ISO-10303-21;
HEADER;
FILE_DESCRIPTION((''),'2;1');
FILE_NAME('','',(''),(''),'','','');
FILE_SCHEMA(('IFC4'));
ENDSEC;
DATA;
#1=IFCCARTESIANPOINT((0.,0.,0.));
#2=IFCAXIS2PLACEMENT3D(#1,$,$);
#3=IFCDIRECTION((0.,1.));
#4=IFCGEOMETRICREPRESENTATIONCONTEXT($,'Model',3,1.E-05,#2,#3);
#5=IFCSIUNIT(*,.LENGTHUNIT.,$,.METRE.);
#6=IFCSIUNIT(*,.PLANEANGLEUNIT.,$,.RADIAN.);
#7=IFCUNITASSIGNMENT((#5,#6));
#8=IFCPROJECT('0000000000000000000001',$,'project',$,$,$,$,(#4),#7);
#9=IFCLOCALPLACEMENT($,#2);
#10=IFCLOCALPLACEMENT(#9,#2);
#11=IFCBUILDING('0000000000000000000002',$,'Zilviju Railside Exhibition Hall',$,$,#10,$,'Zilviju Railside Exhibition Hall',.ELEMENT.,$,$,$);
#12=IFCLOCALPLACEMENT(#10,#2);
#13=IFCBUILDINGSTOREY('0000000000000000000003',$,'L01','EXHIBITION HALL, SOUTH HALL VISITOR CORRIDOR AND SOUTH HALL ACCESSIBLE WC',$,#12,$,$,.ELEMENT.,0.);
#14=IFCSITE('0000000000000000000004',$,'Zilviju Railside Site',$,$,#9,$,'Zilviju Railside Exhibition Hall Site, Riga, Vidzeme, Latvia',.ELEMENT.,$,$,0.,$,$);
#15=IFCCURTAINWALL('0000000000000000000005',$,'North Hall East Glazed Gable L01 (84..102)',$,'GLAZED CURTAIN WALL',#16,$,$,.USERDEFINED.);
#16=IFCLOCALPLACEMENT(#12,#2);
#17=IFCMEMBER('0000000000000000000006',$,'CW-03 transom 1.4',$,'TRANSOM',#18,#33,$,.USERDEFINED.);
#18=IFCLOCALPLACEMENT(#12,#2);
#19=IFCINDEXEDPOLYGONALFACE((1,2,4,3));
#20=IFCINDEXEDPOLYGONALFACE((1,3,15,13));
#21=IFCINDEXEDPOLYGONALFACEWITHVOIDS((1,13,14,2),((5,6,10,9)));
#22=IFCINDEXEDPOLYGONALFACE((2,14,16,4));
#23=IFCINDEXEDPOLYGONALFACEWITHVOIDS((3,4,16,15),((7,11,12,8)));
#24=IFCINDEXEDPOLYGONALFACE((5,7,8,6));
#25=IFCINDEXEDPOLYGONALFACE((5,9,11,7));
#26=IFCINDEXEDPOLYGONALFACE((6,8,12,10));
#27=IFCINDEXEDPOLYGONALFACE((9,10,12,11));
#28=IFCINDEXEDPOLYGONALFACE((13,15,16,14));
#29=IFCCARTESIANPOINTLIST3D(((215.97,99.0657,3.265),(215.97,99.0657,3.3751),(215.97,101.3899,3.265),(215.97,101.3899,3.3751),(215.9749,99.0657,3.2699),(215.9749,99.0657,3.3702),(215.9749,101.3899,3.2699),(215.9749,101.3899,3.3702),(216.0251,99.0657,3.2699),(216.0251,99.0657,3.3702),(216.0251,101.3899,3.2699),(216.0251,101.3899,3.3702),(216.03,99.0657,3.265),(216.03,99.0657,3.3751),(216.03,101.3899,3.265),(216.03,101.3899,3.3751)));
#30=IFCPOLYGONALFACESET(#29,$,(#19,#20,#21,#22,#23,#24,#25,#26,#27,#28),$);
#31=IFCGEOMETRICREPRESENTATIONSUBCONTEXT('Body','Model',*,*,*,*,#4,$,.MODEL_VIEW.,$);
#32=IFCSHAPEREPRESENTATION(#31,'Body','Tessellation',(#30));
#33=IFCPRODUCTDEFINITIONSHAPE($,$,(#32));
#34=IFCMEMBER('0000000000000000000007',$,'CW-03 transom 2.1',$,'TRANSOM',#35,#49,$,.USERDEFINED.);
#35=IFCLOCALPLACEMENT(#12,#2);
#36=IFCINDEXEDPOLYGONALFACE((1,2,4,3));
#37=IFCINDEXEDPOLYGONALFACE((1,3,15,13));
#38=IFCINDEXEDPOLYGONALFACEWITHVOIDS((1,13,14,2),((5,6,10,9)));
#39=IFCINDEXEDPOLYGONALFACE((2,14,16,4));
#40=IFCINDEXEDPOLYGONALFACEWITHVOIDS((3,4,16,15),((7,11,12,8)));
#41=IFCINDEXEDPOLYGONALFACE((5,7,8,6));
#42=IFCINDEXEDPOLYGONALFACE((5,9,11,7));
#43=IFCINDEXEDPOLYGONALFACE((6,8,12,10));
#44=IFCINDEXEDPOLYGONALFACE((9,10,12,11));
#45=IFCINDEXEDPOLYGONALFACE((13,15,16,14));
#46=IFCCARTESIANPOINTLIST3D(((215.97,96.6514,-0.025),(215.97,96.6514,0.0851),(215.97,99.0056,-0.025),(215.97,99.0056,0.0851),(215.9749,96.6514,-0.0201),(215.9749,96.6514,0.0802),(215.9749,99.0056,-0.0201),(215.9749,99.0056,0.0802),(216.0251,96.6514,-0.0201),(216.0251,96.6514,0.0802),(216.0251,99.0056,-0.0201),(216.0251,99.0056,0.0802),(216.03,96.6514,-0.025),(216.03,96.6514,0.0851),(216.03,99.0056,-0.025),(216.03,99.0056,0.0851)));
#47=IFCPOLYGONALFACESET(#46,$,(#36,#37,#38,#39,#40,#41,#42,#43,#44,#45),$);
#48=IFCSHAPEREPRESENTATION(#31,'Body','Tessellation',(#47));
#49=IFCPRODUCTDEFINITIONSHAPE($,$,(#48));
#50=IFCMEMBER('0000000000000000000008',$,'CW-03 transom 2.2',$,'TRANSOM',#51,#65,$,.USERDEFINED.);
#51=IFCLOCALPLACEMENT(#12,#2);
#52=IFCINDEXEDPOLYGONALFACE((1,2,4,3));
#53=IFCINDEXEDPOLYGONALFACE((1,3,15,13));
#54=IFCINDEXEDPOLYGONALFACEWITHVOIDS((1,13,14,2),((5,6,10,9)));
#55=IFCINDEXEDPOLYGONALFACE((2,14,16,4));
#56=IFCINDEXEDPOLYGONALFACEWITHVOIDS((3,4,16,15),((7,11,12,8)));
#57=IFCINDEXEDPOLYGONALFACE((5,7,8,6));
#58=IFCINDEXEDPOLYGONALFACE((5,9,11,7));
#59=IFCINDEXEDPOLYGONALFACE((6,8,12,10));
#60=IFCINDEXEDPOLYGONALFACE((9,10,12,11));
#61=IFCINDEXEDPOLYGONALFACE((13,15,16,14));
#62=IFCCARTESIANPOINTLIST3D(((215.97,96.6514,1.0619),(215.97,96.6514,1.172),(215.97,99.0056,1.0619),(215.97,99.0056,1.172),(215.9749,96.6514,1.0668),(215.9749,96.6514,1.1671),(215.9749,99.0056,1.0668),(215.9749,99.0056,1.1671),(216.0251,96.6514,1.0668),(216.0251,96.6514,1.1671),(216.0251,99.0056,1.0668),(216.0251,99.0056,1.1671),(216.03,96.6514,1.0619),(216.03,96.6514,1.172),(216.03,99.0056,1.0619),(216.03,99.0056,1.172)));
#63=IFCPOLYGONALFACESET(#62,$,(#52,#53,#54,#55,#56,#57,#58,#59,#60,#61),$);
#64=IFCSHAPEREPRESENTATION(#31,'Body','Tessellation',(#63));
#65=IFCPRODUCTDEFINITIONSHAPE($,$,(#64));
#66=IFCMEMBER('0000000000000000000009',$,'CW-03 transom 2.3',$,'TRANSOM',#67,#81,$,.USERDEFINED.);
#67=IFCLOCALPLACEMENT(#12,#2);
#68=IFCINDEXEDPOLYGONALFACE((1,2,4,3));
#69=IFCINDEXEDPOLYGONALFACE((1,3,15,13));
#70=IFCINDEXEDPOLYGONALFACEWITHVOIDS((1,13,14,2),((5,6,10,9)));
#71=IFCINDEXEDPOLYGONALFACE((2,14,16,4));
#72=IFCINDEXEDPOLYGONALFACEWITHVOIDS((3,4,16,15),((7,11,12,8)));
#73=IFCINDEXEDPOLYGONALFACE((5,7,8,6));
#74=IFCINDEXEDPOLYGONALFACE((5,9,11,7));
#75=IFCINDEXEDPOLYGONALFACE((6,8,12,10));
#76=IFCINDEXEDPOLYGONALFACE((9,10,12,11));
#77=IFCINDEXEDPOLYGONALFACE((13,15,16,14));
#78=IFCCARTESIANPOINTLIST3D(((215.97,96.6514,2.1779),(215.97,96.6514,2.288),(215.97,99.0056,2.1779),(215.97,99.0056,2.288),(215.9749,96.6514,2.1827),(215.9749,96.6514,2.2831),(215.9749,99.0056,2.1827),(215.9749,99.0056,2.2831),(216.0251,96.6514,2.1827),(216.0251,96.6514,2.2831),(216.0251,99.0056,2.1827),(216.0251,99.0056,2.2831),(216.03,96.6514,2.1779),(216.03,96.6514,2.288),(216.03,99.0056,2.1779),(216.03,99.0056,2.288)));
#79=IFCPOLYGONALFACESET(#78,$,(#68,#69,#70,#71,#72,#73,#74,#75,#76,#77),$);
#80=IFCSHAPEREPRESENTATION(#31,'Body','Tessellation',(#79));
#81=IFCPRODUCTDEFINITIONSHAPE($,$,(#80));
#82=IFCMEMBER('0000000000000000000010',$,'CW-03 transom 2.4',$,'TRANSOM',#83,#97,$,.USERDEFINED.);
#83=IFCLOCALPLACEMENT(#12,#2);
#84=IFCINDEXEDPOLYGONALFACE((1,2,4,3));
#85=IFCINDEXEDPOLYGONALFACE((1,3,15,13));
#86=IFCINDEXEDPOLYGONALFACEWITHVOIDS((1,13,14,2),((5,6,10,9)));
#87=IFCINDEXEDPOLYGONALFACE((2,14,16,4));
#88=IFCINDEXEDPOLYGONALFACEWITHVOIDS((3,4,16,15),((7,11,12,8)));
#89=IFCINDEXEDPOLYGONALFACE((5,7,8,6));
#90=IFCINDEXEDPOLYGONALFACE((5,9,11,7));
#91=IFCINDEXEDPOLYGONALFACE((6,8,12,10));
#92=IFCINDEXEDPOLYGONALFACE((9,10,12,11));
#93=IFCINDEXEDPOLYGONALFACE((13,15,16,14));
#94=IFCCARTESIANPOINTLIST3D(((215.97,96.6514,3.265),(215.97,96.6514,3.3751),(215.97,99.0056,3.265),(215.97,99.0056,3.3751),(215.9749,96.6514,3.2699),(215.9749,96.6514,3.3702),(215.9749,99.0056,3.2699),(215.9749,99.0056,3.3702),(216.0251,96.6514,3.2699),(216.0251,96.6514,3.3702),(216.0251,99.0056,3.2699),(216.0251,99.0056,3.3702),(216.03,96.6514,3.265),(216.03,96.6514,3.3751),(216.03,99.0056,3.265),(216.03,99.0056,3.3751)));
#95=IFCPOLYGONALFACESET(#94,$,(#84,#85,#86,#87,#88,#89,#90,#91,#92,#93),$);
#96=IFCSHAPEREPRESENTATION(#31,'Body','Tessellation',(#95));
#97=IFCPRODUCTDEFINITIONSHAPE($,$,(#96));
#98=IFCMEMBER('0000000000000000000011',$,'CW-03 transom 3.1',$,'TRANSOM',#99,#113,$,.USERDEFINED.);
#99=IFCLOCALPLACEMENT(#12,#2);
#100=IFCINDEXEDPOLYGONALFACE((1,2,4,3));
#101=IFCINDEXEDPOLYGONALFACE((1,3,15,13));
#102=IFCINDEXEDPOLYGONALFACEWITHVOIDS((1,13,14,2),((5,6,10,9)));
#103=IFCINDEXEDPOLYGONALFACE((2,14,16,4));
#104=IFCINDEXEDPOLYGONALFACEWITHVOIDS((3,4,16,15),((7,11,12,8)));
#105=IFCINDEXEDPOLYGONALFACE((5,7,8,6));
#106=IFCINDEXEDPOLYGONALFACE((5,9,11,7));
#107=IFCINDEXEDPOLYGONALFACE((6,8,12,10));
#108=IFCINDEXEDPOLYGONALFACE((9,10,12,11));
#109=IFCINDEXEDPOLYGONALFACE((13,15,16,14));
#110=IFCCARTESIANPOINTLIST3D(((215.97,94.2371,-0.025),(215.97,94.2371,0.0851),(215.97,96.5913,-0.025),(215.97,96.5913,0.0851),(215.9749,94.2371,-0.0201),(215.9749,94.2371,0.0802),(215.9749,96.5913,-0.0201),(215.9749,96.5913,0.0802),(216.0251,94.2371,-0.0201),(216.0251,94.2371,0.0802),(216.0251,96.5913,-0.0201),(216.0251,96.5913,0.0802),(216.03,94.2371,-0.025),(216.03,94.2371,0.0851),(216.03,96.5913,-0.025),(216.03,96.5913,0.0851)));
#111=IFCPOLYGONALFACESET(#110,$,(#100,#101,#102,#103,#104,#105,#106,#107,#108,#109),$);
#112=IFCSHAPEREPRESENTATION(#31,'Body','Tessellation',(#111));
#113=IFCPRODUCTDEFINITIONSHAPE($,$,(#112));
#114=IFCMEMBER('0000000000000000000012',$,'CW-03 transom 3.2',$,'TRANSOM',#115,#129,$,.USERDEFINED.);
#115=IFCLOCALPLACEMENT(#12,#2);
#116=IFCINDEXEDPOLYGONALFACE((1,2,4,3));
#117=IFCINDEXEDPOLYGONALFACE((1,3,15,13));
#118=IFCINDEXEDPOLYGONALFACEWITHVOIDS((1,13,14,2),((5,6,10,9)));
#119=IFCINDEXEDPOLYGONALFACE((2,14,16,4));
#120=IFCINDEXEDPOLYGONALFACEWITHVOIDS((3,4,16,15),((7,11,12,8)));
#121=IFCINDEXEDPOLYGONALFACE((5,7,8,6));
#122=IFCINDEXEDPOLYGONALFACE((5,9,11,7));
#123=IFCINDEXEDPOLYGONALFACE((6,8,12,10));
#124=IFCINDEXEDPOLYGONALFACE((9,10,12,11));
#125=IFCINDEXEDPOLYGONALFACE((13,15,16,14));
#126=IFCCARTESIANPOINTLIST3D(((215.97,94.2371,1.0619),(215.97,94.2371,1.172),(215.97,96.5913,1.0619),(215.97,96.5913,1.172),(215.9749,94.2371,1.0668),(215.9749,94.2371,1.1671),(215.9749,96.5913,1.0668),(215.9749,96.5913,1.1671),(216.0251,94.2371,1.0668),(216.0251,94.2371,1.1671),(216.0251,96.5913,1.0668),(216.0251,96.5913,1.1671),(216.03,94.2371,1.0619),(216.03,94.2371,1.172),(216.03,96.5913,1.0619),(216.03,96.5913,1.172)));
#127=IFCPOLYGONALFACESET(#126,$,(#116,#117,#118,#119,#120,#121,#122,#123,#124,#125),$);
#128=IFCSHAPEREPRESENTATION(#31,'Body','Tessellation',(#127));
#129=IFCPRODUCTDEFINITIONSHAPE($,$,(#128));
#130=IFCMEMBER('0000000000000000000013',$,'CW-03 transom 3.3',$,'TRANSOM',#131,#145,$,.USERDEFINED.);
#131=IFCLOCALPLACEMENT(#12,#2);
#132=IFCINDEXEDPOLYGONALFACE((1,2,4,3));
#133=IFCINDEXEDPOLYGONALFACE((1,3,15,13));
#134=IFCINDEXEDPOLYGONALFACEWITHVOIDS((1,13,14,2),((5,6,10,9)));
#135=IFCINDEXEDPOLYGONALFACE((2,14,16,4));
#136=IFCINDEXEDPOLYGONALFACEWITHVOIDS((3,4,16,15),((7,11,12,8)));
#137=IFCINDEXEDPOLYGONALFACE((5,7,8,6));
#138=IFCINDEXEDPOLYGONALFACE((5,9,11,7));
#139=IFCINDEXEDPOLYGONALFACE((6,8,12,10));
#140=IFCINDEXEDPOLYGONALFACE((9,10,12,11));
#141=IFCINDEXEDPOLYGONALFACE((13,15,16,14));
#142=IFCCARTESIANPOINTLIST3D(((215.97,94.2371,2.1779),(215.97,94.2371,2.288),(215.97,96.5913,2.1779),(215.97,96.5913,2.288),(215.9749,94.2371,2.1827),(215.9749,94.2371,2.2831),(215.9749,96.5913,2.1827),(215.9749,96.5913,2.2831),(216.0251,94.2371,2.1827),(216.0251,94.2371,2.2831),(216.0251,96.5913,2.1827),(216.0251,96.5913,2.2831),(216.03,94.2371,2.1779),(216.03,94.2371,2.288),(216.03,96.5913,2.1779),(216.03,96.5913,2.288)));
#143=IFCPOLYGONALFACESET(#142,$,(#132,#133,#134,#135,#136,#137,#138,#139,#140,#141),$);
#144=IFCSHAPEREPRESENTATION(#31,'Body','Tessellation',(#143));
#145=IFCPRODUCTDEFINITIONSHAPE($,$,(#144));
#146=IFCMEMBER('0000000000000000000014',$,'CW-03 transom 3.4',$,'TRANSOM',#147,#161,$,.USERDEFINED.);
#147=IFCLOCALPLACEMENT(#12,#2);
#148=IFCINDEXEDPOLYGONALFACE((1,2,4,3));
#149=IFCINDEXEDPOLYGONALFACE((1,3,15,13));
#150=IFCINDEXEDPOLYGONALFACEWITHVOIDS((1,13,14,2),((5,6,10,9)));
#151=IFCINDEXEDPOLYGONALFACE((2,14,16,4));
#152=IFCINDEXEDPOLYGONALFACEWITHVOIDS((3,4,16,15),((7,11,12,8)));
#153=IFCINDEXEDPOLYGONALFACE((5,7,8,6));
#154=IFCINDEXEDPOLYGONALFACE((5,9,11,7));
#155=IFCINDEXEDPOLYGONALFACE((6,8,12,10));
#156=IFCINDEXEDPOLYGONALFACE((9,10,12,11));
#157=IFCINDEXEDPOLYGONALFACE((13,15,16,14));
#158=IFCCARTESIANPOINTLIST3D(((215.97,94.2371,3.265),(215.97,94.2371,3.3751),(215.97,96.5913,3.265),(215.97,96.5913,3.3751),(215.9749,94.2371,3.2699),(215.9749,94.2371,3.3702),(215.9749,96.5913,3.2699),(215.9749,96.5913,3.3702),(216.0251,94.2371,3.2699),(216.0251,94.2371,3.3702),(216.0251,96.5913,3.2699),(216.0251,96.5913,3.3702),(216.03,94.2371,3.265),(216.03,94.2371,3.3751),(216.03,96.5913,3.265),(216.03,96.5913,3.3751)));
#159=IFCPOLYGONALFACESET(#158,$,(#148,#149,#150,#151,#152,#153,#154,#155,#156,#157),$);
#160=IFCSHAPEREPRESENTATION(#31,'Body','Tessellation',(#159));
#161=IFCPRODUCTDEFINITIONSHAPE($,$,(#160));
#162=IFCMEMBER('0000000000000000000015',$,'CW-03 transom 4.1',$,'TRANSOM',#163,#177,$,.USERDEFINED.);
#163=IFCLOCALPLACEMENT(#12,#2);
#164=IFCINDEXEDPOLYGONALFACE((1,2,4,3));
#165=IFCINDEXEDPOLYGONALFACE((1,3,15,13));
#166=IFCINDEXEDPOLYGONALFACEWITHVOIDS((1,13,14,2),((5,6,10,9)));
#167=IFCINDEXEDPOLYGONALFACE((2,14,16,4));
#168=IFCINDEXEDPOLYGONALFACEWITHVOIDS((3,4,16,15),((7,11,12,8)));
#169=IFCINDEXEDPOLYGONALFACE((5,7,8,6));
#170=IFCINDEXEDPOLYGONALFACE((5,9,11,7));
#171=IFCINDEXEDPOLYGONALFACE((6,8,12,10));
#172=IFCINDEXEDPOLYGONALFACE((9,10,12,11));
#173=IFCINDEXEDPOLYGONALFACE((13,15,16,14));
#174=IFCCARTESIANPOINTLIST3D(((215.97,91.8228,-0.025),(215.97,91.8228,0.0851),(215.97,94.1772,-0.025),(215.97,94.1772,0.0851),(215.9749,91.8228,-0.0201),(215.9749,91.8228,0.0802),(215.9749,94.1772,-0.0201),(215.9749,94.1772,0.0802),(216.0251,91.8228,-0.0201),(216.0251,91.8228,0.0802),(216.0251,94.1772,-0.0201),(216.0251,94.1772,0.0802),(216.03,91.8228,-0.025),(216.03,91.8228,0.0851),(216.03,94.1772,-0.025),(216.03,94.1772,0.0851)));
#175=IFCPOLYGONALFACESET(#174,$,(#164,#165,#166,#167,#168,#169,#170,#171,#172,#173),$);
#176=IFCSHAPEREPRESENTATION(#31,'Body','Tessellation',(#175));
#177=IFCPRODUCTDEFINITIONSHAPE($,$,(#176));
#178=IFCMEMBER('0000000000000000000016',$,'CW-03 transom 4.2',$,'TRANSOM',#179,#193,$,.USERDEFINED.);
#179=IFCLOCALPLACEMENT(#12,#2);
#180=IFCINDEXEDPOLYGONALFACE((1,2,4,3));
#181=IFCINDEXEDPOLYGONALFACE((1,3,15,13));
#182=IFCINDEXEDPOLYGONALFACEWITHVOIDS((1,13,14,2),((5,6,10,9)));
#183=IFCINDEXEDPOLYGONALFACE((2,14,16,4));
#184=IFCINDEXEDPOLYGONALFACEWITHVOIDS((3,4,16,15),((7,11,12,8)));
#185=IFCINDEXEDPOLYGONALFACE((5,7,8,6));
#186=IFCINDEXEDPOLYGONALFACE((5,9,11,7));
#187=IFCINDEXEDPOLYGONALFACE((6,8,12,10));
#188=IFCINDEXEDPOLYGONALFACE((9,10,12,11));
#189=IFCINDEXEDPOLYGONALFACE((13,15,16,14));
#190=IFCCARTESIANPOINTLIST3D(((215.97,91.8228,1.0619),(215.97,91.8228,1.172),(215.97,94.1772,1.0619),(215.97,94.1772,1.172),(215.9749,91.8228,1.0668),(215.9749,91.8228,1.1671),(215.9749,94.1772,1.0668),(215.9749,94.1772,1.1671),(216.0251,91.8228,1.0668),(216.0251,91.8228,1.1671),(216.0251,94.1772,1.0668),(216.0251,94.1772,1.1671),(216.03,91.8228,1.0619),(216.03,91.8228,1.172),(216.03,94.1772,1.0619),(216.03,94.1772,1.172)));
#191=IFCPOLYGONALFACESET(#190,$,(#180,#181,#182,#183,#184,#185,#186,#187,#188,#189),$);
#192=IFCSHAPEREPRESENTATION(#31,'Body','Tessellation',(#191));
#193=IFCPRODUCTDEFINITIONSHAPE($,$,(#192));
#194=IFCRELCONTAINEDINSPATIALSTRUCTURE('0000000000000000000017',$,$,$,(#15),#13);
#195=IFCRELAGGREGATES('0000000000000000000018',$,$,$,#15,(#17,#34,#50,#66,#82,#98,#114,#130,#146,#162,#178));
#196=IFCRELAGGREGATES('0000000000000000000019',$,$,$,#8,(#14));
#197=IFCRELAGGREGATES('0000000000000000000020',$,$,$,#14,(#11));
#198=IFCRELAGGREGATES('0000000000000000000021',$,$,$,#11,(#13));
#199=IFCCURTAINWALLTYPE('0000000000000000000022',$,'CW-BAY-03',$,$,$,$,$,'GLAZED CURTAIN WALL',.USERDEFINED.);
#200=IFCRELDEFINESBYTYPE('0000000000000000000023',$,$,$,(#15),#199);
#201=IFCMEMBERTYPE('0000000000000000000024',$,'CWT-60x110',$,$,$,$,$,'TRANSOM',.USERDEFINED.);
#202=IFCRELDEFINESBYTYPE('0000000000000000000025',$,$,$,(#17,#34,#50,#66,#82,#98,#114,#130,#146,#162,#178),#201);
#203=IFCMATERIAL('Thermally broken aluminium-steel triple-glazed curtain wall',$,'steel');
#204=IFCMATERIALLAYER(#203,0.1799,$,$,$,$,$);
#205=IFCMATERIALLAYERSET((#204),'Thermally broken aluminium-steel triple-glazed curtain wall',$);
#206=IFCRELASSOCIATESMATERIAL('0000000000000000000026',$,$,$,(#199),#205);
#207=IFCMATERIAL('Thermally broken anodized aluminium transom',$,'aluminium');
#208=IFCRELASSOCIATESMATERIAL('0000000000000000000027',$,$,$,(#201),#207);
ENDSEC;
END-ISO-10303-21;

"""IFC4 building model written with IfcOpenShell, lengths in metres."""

from ifc_helpers import new_model, si_unit, direction, frame, origin, origin_2d, place, context, subcontext, project, spatial, hollow_rectangle, extrude, material, layer, layer_set, material_profile, profile_set, type_object, element, aggregate, save


model = new_model("IFC4")

# Units and contexts
model_context = context("Model", 3, precision=1e-05, world=origin(), true_north=direction((0.0, 1.0)))
body_context = subcontext(model_context, "Body", "Model", "MODEL_VIEW")
ifc_project = project(units=[si_unit("LENGTHUNIT", "METRE"), si_unit("PLANEANGLEUNIT", "RADIAN")], contexts=[model_context])

# Site, building, storey
site_placement = place(None, origin())
site = spatial("IfcSite", under=ifc_project, at=site_placement, Name="Zilviju Railside Site", LongName="Zilviju Railside Exhibition Hall Site, Riga, Vidzeme, Latvia", CompositionType="ELEMENT", RefElevation=0.0)
building_placement = place(site_placement, origin())
building = spatial("IfcBuilding", under=site, at=building_placement, Name="Zilviju Railside Exhibition Hall", LongName="Zilviju Railside Exhibition Hall", CompositionType="ELEMENT")
storey_placement = place(building_placement, origin())
storey = spatial("IfcBuildingStorey", under=building, at=storey_placement, Name="L01", Description="EXHIBITION HALL, SOUTH HALL VISITOR CORRIDOR AND SOUTH HALL ACCESSIBLE WC", CompositionType="ELEMENT", Elevation=0.0)

# Curtain wall, members
ifc_material_1 = material(Name="Thermally broken aluminium-steel triple-glazed curtain wall", Category="steel")
ifc_layer_1 = layer(ifc_material_1, 0.1799)
ifc_layer_set_1 = layer_set([ifc_layer_1], Name="Thermally broken aluminium-steel triple-glazed curtain wall")
curtain_wall_type = type_object("IfcCurtainWallType", Name="CW-BAY-03", ElementType="GLAZED CURTAIN WALL", PredefinedType="USERDEFINED", material=ifc_layer_set_1)
curtain_wall_placement = place(storey_placement, origin())
curtain_wall = element("IfcCurtainWall", 1, at=curtain_wall_placement, inside=storey, type_object=curtain_wall_type, Name="North Hall East Glazed Gable L01 (84..102)", ObjectType="GLAZED CURTAIN WALL", PredefinedType="USERDEFINED")
ifc_material_2 = material(Name="Thermally broken anodized aluminium transom", Category="aluminium")
ifc_material_profile_1 = material_profile(ifc_material_2, hollow_rectangle(XDim=0.0601, YDim=0.1101, WallThickness=0.0049, at=origin_2d()), Name="TRANSOM 110x60x5")
ifc_profile_set_1 = profile_set([ifc_material_profile_1], Name="Thermally broken anodized aluminium transom")
member_type_1 = type_object("IfcMemberType", Name="CWT-60x110", ElementType="TRANSOM", PredefinedType="USERDEFINED", material=ifc_profile_set_1)
member_1_placement = place(storey_placement, frame((216.0, 101.3899, 3.3201), z_axis=(0.0, -1.0, 0.0), x_axis=(1.0, 0.0, 0.0)))
member_1 = element("IfcMember", 2, at=member_1_placement, type_object=member_type_1, Name="CW-03 transom 1.4", ObjectType="TRANSOM", PredefinedType="USERDEFINED", context=body_context, shape_type="SweptSolid", body=[
    extrude(hollow_rectangle(XDim=0.0601, YDim=0.1101, WallThickness=0.0049, at=origin_2d()), origin(), (0.0, 0.0, 1.0), 2.3242),
])
member_2_placement = place(storey_placement, frame((216.0, 99.0056, 0.03), z_axis=(0.0, -1.0, 0.0), x_axis=(1.0, 0.0, 0.0)))
member_2 = element("IfcMember", 3, at=member_2_placement, type_object=member_type_1, Name="CW-03 transom 2.1", ObjectType="TRANSOM", PredefinedType="USERDEFINED", context=body_context, shape_type="SweptSolid", body=[
    extrude(hollow_rectangle(XDim=0.0601, YDim=0.1101, WallThickness=0.0049, at=origin_2d()), origin(), (0.0, 0.0, 1.0), 2.3542),
])
member_3_placement = place(storey_placement, frame((216.0, 99.0056, 1.1169), z_axis=(0.0, -1.0, 0.0), x_axis=(1.0, 0.0, 0.0)))
member_3 = element("IfcMember", 4, at=member_3_placement, type_object=member_type_1, Name="CW-03 transom 2.2", ObjectType="TRANSOM", PredefinedType="USERDEFINED", context=body_context, shape_type="SweptSolid", body=[
    extrude(hollow_rectangle(XDim=0.0601, YDim=0.1101, WallThickness=0.0049, at=origin_2d()), origin(), (0.0, 0.0, 1.0), 2.3542),
])
member_4_placement = place(storey_placement, frame((216.0, 99.0056, 2.2329), z_axis=(0.0, -1.0, 0.0), x_axis=(1.0, 0.0, 0.0)))
member_4 = element("IfcMember", 5, at=member_4_placement, type_object=member_type_1, Name="CW-03 transom 2.3", ObjectType="TRANSOM", PredefinedType="USERDEFINED", context=body_context, shape_type="SweptSolid", body=[
    extrude(hollow_rectangle(XDim=0.0601, YDim=0.1101, WallThickness=0.0049, at=origin_2d()), origin(), (0.0, 0.0, 1.0), 2.3542),
])
member_5_placement = place(storey_placement, frame((216.0, 99.0056, 3.3201), z_axis=(0.0, -1.0, 0.0), x_axis=(1.0, 0.0, 0.0)))
member_5 = element("IfcMember", 6, at=member_5_placement, type_object=member_type_1, Name="CW-03 transom 2.4", ObjectType="TRANSOM", PredefinedType="USERDEFINED", context=body_context, shape_type="SweptSolid", body=[
    extrude(hollow_rectangle(XDim=0.0601, YDim=0.1101, WallThickness=0.0049, at=origin_2d()), origin(), (0.0, 0.0, 1.0), 2.3542),
])
member_6_placement = place(storey_placement, frame((216.0, 96.5913, 0.03), z_axis=(0.0, -1.0, 0.0), x_axis=(1.0, 0.0, 0.0)))
member_6 = element("IfcMember", 7, at=member_6_placement, type_object=member_type_1, Name="CW-03 transom 3.1", ObjectType="TRANSOM", PredefinedType="USERDEFINED", context=body_context, shape_type="SweptSolid", body=[
    extrude(hollow_rectangle(XDim=0.0601, YDim=0.1101, WallThickness=0.0049, at=origin_2d()), origin(), (0.0, 0.0, 1.0), 2.3542),
])
member_7_placement = place(storey_placement, frame((216.0, 96.5913, 1.1169), z_axis=(0.0, -1.0, 0.0), x_axis=(1.0, 0.0, 0.0)))
member_7 = element("IfcMember", 8, at=member_7_placement, type_object=member_type_1, Name="CW-03 transom 3.2", ObjectType="TRANSOM", PredefinedType="USERDEFINED", context=body_context, shape_type="SweptSolid", body=[
    extrude(hollow_rectangle(XDim=0.0601, YDim=0.1101, WallThickness=0.0049, at=origin_2d()), origin(), (0.0, 0.0, 1.0), 2.3542),
])
member_8_placement = place(storey_placement, frame((216.0, 96.5913, 2.2329), z_axis=(0.0, -1.0, 0.0), x_axis=(1.0, 0.0, 0.0)))
member_8 = element("IfcMember", 9, at=member_8_placement, type_object=member_type_1, Name="CW-03 transom 3.3", ObjectType="TRANSOM", PredefinedType="USERDEFINED", context=body_context, shape_type="SweptSolid", body=[
    extrude(hollow_rectangle(XDim=0.0601, YDim=0.1101, WallThickness=0.0049, at=origin_2d()), origin(), (0.0, 0.0, 1.0), 2.3542),
])
member_9_placement = place(storey_placement, frame((216.0, 96.5913, 3.3201), z_axis=(0.0, -1.0, 0.0), x_axis=(1.0, 0.0, 0.0)))
member_9 = element("IfcMember", 10, at=member_9_placement, type_object=member_type_1, Name="CW-03 transom 3.4", ObjectType="TRANSOM", PredefinedType="USERDEFINED", context=body_context, shape_type="SweptSolid", body=[
    extrude(hollow_rectangle(XDim=0.0601, YDim=0.1101, WallThickness=0.0049, at=origin_2d()), origin(), (0.0, 0.0, 1.0), 2.3542),
])
member_10_placement = place(storey_placement, frame((216.0, 94.1772, 0.03), z_axis=(0.0, -1.0, 0.0), x_axis=(1.0, 0.0, 0.0)))
member_10 = element("IfcMember", 11, at=member_10_placement, type_object=member_type_1, Name="CW-03 transom 4.1", ObjectType="TRANSOM", PredefinedType="USERDEFINED", context=body_context, shape_type="SweptSolid", body=[
    extrude(hollow_rectangle(XDim=0.0601, YDim=0.1101, WallThickness=0.0049, at=origin_2d()), origin(), (0.0, 0.0, 1.0), 2.3545),
])
member_11_placement = place(storey_placement, frame((216.0, 94.1772, 1.1169), z_axis=(0.0, -1.0, 0.0), x_axis=(1.0, 0.0, 0.0)))
member_11 = element("IfcMember", 12, at=member_11_placement, type_object=member_type_1, Name="CW-03 transom 4.2", ObjectType="TRANSOM", PredefinedType="USERDEFINED", context=body_context, shape_type="SweptSolid", body=[
    extrude(hollow_rectangle(XDim=0.0601, YDim=0.1101, WallThickness=0.0049, at=origin_2d()), origin(), (0.0, 0.0, 1.0), 2.3545),
])
aggregate(curtain_wall, [member_1, member_2, member_3, member_4, member_5, member_6, member_7, member_8, member_9, member_10, member_11])

save(model, "model.ifc")
